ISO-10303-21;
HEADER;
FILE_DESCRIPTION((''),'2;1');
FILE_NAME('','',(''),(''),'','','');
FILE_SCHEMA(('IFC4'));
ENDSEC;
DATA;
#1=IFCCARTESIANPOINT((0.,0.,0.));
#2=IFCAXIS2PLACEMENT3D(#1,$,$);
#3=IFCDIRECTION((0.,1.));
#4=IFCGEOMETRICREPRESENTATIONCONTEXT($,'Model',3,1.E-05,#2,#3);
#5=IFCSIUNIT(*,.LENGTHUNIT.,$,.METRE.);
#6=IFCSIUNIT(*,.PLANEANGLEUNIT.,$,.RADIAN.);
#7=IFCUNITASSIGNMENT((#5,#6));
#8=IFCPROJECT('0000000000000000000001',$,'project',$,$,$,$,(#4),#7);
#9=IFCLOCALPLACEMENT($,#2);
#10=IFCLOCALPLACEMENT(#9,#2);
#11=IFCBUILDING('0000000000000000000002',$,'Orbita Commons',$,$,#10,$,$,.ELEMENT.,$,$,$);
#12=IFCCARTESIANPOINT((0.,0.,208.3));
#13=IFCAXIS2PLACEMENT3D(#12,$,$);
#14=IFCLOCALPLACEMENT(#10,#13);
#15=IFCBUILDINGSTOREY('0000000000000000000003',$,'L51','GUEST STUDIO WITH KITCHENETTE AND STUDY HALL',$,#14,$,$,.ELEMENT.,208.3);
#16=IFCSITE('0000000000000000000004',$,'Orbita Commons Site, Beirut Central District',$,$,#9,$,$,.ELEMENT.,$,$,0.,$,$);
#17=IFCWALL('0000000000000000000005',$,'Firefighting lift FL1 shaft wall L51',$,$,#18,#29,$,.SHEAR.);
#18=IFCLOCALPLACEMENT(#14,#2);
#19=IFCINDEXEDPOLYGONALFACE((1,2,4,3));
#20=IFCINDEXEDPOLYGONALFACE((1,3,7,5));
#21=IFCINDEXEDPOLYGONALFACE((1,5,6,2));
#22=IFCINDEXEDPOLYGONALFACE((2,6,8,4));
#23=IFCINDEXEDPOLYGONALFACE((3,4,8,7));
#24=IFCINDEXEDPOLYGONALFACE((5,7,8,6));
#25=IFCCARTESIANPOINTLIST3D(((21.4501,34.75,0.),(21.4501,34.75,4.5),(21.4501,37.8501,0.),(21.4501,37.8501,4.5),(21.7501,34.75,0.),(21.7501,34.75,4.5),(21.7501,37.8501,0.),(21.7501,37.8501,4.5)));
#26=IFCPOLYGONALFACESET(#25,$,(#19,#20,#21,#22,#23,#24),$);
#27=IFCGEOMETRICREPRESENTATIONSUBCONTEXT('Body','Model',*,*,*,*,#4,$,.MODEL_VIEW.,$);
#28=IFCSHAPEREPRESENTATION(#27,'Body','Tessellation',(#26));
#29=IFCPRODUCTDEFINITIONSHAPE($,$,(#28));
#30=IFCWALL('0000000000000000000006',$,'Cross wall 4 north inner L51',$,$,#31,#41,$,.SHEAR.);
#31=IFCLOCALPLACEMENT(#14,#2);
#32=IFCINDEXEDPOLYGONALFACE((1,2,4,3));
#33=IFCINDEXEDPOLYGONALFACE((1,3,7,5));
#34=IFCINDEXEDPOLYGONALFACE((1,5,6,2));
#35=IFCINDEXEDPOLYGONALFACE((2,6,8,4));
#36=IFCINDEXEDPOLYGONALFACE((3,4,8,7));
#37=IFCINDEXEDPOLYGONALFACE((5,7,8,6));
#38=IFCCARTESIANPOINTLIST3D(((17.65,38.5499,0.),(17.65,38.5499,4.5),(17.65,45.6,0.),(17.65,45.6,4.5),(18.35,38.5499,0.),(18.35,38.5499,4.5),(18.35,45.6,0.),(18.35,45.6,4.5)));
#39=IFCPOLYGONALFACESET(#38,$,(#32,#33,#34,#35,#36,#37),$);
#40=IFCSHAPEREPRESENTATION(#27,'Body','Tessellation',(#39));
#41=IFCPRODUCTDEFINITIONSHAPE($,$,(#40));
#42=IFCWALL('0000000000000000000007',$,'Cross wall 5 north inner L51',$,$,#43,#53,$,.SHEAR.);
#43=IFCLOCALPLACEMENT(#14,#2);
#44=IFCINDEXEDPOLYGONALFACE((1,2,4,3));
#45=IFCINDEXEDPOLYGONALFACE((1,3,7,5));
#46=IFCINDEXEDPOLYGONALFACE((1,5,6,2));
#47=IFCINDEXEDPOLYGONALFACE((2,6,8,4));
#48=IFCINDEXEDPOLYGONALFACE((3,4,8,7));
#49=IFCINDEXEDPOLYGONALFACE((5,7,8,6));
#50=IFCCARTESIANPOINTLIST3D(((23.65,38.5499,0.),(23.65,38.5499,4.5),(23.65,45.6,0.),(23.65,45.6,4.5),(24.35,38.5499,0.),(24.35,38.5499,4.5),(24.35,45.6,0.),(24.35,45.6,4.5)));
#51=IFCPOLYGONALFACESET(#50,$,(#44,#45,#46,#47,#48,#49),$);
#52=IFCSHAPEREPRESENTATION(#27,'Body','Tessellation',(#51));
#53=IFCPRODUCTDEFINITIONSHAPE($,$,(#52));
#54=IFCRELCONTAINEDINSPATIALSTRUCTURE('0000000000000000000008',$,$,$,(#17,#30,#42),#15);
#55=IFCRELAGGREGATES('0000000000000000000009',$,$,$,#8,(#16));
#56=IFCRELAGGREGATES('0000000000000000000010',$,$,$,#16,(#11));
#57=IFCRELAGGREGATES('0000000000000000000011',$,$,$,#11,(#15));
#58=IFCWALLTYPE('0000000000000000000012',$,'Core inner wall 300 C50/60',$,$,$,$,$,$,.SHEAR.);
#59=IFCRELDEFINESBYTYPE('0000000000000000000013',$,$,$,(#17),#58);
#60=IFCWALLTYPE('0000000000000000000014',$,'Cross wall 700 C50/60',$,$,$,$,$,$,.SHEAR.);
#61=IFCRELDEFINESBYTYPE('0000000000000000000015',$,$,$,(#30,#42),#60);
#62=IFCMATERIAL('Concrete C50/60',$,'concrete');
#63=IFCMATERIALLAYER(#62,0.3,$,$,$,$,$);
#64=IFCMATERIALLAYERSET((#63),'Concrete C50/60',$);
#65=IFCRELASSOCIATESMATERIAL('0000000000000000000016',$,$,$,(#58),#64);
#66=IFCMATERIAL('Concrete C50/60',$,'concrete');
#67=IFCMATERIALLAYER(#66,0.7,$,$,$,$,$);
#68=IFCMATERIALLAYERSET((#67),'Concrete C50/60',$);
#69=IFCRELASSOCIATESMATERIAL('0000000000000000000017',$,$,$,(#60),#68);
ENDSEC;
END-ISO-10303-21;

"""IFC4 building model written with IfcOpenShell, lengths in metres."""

from ifc_helpers import new_model, si_unit, direction, frame, frame_2d, origin, place, context, subcontext, project, spatial, rectangle, extrude, material, layer, layer_set, type_object, element, save


model = new_model("IFC4")

# Units and contexts
model_context = context("Model", 3, precision=1e-05, world=origin(), true_north=direction((0.0, 1.0)))
body_context = subcontext(model_context, "Body", "Model", "MODEL_VIEW")
ifc_project = project(units=[si_unit("LENGTHUNIT", "METRE"), si_unit("PLANEANGLEUNIT", "RADIAN")], contexts=[model_context])

# Site, building, storey
site_placement = place(None, origin())
site = spatial("IfcSite", under=ifc_project, at=site_placement, Name="Orbita Commons Site, Beirut Central District", CompositionType="ELEMENT", RefElevation=0.0)
building_placement = place(site_placement, origin())
building = spatial("IfcBuilding", under=site, at=building_placement, Name="Orbita Commons", CompositionType="ELEMENT")
storey_placement = place(building_placement, frame((0.0, 0.0, 208.3)))
storey = spatial("IfcBuildingStorey", under=building, at=storey_placement, Name="L51", Description="GUEST STUDIO WITH KITCHENETTE AND STUDY HALL", CompositionType="ELEMENT", Elevation=208.3)

# Shared definitions
ifc_material_1 = material(Name="Concrete C50/60", Category="concrete")
ifc_layer_1 = layer(ifc_material_1, 0.3)
ifc_layer_set_1 = layer_set([ifc_layer_1], Name="Concrete C50/60")
wall_type_1 = type_object("IfcWallType", Name="Core inner wall 300 C50/60", PredefinedType="SHEAR", material=ifc_layer_set_1)

# Walls
wall_1_placement = place(storey_placement, frame((21.6001, 34.75, 0.0), z_axis=(0.0, 0.0, 1.0), x_axis=(0.0, 1.0, 0.0)))
element("IfcWall", 1, at=wall_1_placement, inside=storey, type_object=wall_type_1, Name="Firefighting lift FL1 shaft wall L51", PredefinedType="SHEAR", context=body_context, shape_type="SweptSolid", body=[
    extrude(rectangle(XDim=3.1001, YDim=0.3, at=frame_2d((1.55, 0.0))), origin(), (0.0, 0.0, 1.0), 4.5),
])
ifc_material_2 = material(Name="Concrete C50/60", Category="concrete")
ifc_layer_2 = layer(ifc_material_2, 0.7)
ifc_layer_set_2 = layer_set([ifc_layer_2], Name="Concrete C50/60")
wall_type_2 = type_object("IfcWallType", Name="Cross wall 700 C50/60", PredefinedType="SHEAR", material=ifc_layer_set_2)
for number, where, z_axis, x_axis, name in (
    (2, (18.0, 38.55, 0.0), (0.0, 0.0, 1.0), (0.0, 1.0, 0.0), "Cross wall 4 north inner L51"),
    (3, (24.0, 38.55, 0.0), (0.0, 0.0, 1.0), (0.0, 1.0, 0.0), "Cross wall 5 north inner L51"),
):
    element("IfcWall", number, at=place(storey_placement, frame(where, z_axis=z_axis, x_axis=x_axis)), inside=storey, type_object=wall_type_2, Name=name, PredefinedType="SHEAR", context=body_context, shape_type="SweptSolid", body=[
        extrude(rectangle(XDim=7.05, YDim=0.7, at=frame_2d((3.5249, 0.0))), origin(), (0.0, 0.0, 1.0), 4.5),
    ])

save(model, "model.ifc")
